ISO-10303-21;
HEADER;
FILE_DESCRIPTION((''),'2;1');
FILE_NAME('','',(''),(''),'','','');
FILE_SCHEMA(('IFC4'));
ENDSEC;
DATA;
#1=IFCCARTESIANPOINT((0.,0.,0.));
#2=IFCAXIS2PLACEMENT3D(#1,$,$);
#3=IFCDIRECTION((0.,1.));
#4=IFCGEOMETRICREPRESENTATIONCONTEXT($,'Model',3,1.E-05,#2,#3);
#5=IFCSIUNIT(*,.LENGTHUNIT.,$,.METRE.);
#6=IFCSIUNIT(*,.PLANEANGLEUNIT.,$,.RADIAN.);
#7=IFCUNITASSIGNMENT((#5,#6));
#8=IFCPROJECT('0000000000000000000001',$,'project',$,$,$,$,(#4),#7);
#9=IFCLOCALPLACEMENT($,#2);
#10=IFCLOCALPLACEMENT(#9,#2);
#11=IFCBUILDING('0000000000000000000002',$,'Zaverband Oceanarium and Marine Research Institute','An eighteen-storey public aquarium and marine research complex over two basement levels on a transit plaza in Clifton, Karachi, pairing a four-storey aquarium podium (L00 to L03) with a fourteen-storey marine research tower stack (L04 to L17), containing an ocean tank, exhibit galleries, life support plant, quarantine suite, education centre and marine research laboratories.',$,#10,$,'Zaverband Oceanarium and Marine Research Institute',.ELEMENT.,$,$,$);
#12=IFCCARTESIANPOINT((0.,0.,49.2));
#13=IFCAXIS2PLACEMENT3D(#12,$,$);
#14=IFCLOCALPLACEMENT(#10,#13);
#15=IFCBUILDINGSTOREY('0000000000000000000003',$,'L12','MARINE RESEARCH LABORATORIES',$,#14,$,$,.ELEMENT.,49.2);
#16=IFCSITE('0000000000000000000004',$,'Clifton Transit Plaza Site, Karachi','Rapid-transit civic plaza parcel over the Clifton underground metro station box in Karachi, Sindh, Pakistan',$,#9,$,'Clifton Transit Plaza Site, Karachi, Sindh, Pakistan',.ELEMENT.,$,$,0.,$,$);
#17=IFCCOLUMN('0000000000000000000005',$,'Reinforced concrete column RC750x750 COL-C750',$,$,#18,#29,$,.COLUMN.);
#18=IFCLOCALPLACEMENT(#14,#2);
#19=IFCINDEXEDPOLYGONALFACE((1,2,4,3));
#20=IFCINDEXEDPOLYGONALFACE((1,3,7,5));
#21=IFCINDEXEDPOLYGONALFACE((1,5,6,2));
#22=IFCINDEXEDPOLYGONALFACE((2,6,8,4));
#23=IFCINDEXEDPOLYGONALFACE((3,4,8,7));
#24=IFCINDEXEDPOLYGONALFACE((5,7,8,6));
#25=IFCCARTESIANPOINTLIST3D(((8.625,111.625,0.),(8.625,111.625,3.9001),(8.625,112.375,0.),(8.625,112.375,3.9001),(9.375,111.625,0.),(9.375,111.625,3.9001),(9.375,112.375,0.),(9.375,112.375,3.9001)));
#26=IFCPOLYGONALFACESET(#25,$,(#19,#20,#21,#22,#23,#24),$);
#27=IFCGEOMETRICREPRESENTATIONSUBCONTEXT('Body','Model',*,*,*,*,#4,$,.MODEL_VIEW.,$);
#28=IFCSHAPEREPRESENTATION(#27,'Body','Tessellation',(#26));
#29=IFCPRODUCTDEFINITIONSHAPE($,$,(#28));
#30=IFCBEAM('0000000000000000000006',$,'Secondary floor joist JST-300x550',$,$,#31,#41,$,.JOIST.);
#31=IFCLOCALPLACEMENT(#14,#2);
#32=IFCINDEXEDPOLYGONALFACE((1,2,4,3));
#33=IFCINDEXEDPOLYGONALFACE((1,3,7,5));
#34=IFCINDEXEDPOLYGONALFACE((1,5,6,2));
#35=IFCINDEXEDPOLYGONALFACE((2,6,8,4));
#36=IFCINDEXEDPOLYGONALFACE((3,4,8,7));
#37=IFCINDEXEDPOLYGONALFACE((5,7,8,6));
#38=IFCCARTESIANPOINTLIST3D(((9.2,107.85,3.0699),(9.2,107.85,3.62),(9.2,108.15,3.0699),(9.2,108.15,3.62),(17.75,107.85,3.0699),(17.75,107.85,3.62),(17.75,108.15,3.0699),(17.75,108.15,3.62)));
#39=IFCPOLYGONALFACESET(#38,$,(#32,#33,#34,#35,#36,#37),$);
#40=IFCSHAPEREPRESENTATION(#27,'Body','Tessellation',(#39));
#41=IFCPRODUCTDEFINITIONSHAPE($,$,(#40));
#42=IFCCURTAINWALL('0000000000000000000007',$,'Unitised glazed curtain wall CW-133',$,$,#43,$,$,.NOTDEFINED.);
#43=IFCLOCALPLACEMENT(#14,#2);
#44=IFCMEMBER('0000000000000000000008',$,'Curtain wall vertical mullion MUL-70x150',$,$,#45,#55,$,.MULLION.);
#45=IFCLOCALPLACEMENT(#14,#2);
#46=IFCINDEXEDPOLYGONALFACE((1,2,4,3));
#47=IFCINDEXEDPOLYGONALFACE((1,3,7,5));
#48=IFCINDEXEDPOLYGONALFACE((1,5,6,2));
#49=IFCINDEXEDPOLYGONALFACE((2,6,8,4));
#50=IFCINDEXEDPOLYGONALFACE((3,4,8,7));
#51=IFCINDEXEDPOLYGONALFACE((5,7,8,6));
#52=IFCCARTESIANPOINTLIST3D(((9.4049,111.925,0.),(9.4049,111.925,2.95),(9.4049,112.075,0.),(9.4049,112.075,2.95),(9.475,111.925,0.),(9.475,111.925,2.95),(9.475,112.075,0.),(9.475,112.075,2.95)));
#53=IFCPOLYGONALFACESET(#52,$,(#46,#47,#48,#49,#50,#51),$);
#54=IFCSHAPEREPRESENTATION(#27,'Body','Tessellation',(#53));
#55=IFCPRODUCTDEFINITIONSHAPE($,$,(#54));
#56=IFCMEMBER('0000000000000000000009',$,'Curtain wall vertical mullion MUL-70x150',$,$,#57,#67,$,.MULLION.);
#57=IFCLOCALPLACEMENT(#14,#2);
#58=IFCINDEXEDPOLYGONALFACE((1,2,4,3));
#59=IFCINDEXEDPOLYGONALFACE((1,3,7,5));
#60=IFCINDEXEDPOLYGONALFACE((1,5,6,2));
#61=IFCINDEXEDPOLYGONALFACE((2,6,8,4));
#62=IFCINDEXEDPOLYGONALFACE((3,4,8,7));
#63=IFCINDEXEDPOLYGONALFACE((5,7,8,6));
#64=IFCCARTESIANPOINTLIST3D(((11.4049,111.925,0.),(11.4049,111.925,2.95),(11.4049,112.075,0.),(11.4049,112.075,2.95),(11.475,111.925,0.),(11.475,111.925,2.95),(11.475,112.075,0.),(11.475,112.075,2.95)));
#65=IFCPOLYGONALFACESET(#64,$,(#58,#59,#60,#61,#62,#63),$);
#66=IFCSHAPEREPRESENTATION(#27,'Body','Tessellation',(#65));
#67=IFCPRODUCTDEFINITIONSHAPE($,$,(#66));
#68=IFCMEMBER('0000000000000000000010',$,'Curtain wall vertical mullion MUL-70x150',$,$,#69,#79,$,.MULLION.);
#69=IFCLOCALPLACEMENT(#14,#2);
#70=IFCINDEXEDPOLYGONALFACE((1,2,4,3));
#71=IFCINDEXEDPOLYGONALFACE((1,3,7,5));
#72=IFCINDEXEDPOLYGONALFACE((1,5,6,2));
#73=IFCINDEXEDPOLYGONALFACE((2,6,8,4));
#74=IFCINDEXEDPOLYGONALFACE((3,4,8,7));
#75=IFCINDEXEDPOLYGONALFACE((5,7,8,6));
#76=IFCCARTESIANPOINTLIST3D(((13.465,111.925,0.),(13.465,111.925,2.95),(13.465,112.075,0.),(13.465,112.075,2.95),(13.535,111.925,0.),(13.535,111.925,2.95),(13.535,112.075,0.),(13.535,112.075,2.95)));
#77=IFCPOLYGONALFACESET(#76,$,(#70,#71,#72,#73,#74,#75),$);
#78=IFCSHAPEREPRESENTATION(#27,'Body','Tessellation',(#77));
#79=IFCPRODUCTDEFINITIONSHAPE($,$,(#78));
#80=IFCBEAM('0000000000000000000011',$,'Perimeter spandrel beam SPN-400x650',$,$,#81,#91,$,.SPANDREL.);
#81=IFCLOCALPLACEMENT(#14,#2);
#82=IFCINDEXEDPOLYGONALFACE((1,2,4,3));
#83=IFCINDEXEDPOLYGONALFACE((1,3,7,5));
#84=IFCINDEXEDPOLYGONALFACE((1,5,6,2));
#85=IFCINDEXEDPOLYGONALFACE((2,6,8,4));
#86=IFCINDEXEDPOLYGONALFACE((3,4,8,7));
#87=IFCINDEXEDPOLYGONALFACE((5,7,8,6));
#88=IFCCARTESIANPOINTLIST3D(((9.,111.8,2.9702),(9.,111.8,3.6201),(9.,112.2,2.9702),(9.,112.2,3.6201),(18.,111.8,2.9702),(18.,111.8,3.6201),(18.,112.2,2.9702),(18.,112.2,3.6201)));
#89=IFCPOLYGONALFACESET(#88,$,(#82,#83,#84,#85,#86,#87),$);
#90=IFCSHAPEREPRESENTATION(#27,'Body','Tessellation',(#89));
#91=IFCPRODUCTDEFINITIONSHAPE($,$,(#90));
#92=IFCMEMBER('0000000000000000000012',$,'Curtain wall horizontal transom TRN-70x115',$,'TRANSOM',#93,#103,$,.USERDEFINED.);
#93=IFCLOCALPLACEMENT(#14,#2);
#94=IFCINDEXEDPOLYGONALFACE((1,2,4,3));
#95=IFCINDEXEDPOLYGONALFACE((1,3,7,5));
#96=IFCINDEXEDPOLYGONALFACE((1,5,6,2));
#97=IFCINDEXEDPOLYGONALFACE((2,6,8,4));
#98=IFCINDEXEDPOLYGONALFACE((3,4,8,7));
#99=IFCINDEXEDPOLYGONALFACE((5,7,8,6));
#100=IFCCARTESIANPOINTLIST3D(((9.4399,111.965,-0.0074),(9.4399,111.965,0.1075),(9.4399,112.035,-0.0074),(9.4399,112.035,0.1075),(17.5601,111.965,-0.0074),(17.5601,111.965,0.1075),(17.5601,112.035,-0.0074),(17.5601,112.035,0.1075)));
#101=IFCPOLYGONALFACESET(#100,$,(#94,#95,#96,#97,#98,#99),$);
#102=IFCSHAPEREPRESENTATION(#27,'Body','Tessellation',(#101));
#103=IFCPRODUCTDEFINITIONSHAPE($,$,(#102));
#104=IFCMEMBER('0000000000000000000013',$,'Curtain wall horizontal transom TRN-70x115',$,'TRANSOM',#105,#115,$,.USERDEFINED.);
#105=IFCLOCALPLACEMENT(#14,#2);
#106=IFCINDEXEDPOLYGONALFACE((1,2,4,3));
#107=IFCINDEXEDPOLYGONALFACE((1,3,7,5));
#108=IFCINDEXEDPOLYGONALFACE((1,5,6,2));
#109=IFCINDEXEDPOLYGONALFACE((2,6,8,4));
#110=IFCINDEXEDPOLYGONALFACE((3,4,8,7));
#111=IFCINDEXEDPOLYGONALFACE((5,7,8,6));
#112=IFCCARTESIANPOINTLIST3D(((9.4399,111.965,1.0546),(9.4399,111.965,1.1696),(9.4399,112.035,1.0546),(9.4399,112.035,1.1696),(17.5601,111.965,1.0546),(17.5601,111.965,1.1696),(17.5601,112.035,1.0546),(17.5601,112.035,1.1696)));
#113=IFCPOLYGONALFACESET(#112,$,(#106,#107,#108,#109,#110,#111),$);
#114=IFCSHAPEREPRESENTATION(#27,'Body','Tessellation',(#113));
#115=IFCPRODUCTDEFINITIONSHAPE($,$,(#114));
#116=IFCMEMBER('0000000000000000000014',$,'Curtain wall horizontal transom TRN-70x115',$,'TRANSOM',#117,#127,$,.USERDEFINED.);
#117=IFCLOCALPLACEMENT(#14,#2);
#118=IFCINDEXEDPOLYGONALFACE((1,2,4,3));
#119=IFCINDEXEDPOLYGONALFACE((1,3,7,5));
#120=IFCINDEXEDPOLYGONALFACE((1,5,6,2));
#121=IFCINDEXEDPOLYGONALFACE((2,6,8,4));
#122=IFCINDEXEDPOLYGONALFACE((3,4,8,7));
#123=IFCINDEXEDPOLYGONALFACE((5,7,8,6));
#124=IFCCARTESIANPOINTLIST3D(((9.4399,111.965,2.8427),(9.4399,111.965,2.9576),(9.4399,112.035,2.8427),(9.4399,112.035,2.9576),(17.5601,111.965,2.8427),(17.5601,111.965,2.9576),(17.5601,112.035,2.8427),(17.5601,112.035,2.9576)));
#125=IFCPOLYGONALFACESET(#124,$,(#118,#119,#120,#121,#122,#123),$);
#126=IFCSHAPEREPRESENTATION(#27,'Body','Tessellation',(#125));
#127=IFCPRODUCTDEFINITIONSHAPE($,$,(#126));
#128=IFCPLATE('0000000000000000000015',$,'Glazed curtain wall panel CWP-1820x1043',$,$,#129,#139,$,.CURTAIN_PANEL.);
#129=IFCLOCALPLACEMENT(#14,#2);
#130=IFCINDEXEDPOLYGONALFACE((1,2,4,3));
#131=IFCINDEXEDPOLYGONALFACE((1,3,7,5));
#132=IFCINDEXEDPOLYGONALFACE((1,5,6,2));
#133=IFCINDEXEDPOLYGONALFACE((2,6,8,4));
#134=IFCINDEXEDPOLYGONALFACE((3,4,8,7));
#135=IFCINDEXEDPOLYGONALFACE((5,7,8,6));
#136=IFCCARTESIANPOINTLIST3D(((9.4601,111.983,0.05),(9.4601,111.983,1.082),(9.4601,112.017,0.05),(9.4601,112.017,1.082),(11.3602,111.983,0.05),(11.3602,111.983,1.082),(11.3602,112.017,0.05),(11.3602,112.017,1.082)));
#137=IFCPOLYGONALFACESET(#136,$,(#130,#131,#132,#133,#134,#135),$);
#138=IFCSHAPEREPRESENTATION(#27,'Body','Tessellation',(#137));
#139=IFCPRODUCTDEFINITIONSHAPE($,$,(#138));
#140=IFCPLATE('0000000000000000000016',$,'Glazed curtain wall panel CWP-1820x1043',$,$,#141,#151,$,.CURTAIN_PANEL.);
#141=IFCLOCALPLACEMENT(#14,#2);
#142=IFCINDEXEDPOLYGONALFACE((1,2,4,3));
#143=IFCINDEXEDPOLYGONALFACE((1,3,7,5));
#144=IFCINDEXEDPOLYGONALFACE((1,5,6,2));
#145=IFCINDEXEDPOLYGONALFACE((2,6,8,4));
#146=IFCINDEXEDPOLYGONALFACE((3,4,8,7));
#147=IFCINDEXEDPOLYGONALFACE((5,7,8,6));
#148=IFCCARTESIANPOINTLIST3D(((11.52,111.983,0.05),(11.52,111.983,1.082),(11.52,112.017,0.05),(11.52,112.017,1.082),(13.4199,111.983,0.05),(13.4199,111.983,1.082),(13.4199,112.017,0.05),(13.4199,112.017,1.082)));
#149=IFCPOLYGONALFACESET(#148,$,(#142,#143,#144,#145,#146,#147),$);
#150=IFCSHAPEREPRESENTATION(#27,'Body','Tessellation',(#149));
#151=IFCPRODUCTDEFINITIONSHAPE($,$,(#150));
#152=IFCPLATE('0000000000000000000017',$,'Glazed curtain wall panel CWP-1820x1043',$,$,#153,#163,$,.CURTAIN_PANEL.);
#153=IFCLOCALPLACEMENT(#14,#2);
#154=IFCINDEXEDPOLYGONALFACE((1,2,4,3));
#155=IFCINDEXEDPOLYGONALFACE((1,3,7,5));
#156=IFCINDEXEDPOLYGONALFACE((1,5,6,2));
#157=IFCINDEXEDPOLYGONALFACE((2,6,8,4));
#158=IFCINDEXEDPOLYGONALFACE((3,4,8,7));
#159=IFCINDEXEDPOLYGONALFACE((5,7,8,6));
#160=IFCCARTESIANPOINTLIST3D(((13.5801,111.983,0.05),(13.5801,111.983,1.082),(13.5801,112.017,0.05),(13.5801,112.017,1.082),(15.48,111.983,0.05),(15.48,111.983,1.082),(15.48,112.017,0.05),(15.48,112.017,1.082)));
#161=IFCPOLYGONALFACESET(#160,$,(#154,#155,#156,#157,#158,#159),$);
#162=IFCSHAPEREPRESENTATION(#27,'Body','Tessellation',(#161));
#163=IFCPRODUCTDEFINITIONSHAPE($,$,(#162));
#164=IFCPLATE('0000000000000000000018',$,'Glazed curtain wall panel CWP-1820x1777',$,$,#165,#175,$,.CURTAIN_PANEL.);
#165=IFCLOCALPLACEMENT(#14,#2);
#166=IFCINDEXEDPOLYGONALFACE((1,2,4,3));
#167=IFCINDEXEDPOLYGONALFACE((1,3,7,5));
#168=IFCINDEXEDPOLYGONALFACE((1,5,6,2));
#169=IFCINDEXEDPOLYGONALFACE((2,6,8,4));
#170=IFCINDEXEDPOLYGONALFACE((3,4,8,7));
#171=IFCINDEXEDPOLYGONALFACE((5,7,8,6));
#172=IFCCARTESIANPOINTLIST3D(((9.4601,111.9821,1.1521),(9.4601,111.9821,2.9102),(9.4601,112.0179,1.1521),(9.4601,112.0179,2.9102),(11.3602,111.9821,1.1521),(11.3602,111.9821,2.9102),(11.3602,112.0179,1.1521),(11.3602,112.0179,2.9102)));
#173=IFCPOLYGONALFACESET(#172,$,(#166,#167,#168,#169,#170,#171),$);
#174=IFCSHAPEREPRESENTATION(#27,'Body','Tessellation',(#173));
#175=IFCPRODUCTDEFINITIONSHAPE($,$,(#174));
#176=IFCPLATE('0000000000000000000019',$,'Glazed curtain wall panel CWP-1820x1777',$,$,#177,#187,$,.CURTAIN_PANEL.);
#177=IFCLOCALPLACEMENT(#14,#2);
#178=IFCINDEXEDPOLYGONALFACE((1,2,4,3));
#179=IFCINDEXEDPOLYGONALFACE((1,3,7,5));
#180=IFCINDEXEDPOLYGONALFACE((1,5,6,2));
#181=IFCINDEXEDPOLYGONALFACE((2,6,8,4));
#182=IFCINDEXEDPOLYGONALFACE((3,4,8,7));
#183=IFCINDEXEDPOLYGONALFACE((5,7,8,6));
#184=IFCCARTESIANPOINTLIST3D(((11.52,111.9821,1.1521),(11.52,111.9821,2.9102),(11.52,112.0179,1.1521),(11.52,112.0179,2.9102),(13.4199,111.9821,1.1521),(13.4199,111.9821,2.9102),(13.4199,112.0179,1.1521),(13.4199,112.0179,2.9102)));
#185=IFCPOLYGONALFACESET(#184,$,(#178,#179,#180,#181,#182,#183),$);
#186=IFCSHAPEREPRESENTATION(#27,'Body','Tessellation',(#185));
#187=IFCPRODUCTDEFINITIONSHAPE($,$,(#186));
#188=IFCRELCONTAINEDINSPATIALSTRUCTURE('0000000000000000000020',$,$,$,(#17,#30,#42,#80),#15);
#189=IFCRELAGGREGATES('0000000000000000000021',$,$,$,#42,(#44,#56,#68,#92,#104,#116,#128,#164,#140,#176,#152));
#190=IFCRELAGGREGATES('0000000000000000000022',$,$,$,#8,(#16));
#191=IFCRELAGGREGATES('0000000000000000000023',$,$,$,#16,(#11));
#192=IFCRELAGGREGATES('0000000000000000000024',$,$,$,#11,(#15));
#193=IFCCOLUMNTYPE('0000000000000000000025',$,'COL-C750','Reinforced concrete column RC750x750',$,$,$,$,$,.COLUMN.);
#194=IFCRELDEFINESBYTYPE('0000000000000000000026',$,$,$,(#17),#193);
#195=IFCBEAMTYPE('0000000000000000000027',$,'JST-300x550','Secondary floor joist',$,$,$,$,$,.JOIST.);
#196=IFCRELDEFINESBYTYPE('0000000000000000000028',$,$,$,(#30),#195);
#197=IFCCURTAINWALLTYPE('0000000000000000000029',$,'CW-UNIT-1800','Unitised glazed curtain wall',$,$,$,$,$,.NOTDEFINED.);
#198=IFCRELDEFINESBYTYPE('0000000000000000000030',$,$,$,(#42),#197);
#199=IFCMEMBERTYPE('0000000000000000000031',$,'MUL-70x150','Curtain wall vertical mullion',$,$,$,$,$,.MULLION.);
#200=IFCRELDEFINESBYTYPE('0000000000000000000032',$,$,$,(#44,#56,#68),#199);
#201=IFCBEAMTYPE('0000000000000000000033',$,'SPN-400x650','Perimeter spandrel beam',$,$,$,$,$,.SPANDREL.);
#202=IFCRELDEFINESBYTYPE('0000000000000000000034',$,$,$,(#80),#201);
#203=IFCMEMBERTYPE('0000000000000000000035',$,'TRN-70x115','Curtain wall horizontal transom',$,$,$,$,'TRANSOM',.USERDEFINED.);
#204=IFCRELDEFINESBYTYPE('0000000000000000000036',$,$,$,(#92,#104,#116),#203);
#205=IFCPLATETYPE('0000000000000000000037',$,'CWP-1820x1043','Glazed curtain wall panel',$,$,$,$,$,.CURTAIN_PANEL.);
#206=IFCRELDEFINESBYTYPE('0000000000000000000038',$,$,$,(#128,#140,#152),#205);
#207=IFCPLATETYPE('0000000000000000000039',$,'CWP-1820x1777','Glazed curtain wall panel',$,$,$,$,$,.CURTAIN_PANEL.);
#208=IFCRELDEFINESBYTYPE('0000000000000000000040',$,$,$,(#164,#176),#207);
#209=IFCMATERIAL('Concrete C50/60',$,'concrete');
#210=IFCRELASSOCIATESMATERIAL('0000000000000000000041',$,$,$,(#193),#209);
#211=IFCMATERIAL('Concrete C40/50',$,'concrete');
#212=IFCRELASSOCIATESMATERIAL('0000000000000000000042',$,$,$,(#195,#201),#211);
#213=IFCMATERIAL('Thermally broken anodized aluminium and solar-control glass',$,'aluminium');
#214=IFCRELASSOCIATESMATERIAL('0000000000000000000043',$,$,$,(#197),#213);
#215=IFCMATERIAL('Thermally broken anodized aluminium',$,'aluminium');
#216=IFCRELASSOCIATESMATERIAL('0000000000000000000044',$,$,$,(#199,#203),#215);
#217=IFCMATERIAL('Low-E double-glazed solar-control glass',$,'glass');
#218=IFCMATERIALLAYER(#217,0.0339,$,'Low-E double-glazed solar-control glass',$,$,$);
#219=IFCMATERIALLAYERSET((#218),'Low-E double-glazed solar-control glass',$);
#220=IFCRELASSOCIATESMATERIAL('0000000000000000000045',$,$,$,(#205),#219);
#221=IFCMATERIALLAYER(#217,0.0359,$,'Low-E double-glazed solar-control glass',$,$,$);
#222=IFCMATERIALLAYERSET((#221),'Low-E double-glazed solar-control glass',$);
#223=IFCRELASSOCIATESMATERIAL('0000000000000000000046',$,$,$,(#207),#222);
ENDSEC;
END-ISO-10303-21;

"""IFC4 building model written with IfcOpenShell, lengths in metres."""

from ifc_helpers import new_model, si_unit, direction, frame, frame_2d, origin, origin_2d, place, context, subcontext, project, spatial, rectangle, extrude, material, layer, layer_set, material_profile, profile_set, type_object, element, aggregate, save


model = new_model("IFC4")

# Units and contexts
model_context = context("Model", 3, precision=1e-05, world=origin(), true_north=direction((0.0, 1.0)))
body_context = subcontext(model_context, "Body", "Model", "MODEL_VIEW")
ifc_project = project(units=[si_unit("LENGTHUNIT", "METRE"), si_unit("PLANEANGLEUNIT", "RADIAN")], contexts=[model_context])

# Site, building, storey
site_placement = place(None, origin())
site = spatial("IfcSite", under=ifc_project, at=site_placement, Name="Clifton Transit Plaza Site, Karachi", Description="Rapid-transit civic plaza parcel over the Clifton underground metro station box in Karachi, Sindh, Pakistan", LongName="Clifton Transit Plaza Site, Karachi, Sindh, Pakistan", CompositionType="ELEMENT", RefElevation=0.0)
building_placement = place(site_placement, origin())
building = spatial("IfcBuilding", under=site, at=building_placement, Name="Zaverband Oceanarium and Marine Research Institute", Description="An eighteen-storey public aquarium and marine research complex over two basement levels on a transit plaza in Clifton, Karachi, pairing a four-storey aquarium podium (L00 to L03) with a fourteen-storey marine research tower stack (L04 to L17), containing an ocean tank, exhibit galleries, life support plant, quarantine suite, education centre and marine research laboratories.", LongName="Zaverband Oceanarium and Marine Research Institute", CompositionType="ELEMENT")
storey_placement = place(building_placement, frame((0.0, 0.0, 49.2)))
storey = spatial("IfcBuildingStorey", under=building, at=storey_placement, Name="L12", Description="MARINE RESEARCH LABORATORIES", CompositionType="ELEMENT", Elevation=49.2)

# Column
ifc_material_1 = material(Name="Concrete C50/60", Category="concrete")
ifc_material_profile_1 = material_profile(ifc_material_1, rectangle(XDim=0.75, YDim=0.75, at=origin_2d()), Name="RC750x750")
ifc_profile_set_1 = profile_set([ifc_material_profile_1], Name="Concrete C50/60")
column_type = type_object("IfcColumnType", Name="COL-C750", Description="Reinforced concrete column RC750x750", PredefinedType="COLUMN", material=ifc_profile_set_1)
column_placement = place(storey_placement, frame((9.0, 112.0, 0.0), z_axis=(0.0, 0.0, 1.0), x_axis=(1.0, 0.0, 0.0)))
element("IfcColumn", 1, at=column_placement, inside=storey, type_object=column_type, Name="Reinforced concrete column RC750x750 COL-C750", PredefinedType="COLUMN", context=body_context, shape_type="SweptSolid", body=[
    extrude(rectangle(XDim=0.75, YDim=0.75, at=origin_2d()), origin(), (0.0, 0.0, 1.0), 3.9001),
])

# Beam
ifc_material_2 = material(Name="Concrete C40/50", Category="concrete")
ifc_material_profile_2 = material_profile(ifc_material_2, rectangle(XDim=0.3, YDim=0.55, at=origin_2d()), Name="RC300x550")
ifc_profile_set_2 = profile_set([ifc_material_profile_2], Name="Concrete C40/50")
beam_type_1 = type_object("IfcBeamType", Name="JST-300x550", Description="Secondary floor joist", PredefinedType="JOIST", material=ifc_profile_set_2)
beam_1_placement = place(storey_placement, frame((9.2, 108.0, 3.345), z_axis=(1.0, 0.0, 0.0), x_axis=(0.0, 1.0, 0.0)))
element("IfcBeam", 2, at=beam_1_placement, inside=storey, type_object=beam_type_1, Name="Secondary floor joist JST-300x550", PredefinedType="JOIST", context=body_context, shape_type="SweptSolid", body=[
    extrude(rectangle(XDim=0.3, YDim=0.55, at=origin_2d()), origin(), (0.0, 0.0, 1.0), 8.55),
])

# Curtain wall, members
ifc_material_3 = material(Name="Thermally broken anodized aluminium and solar-control glass", Category="aluminium")
curtain_wall_type = type_object("IfcCurtainWallType", Name="CW-UNIT-1800", Description="Unitised glazed curtain wall", PredefinedType="NOTDEFINED", material=ifc_material_3)
curtain_wall_placement = place(storey_placement, origin())
curtain_wall = element("IfcCurtainWall", 3, at=curtain_wall_placement, inside=storey, type_object=curtain_wall_type, Name="Unitised glazed curtain wall CW-133", PredefinedType="NOTDEFINED")
ifc_material_4 = material(Name="Thermally broken anodized aluminium", Category="aluminium")
ifc_material_profile_3 = material_profile(ifc_material_4, rectangle(XDim=0.0701, YDim=0.1499, at=origin_2d()), Name="AL-MUL-70x150")
ifc_profile_set_3 = profile_set([ifc_material_profile_3], Name="Thermally broken anodized aluminium")
member_type_1 = type_object("IfcMemberType", Name="MUL-70x150", Description="Curtain wall vertical mullion", PredefinedType="MULLION", material=ifc_profile_set_3)
member_1_placement = place(storey_placement, frame((9.4399, 112.0, 0.0), z_axis=(0.0, 0.0, 1.0), x_axis=(1.0, 0.0, 0.0)))
member_1 = element("IfcMember", 4, at=member_1_placement, type_object=member_type_1, Name="Curtain wall vertical mullion MUL-70x150", PredefinedType="MULLION", context=body_context, shape_type="SweptSolid", body=[
    extrude(rectangle(XDim=0.0701, YDim=0.1499, at=origin_2d()), origin(), (0.0, 0.0, 1.0), 2.95),
])
member_2_placement = place(storey_placement, frame((11.4399, 112.0, 0.0), z_axis=(0.0, 0.0, 1.0), x_axis=(1.0, 0.0, 0.0)))
member_2 = element("IfcMember", 5, at=member_2_placement, type_object=member_type_1, Name="Curtain wall vertical mullion MUL-70x150", PredefinedType="MULLION", context=body_context, shape_type="SweptSolid", body=[
    extrude(rectangle(XDim=0.0701, YDim=0.1499, at=origin_2d()), origin(), (0.0, 0.0, 1.0), 2.95),
])
member_3_placement = place(storey_placement, frame((13.5, 112.0, 0.0), z_axis=(0.0, 0.0, 1.0), x_axis=(1.0, 0.0, 0.0)))
member_3 = element("IfcMember", 6, at=member_3_placement, type_object=member_type_1, Name="Curtain wall vertical mullion MUL-70x150", PredefinedType="MULLION", context=body_context, shape_type="SweptSolid", body=[
    extrude(rectangle(XDim=0.0701, YDim=0.1499, at=origin_2d()), origin(), (0.0, 0.0, 1.0), 2.95),
])

# Beam
ifc_material_profile_4 = material_profile(ifc_material_2, rectangle(XDim=0.3999, YDim=0.6499, at=origin_2d()), Name="RC400x650")
ifc_profile_set_4 = profile_set([ifc_material_profile_4], Name="Concrete C40/50")
beam_type_2 = type_object("IfcBeamType", Name="SPN-400x650", Description="Perimeter spandrel beam", PredefinedType="SPANDREL", material=ifc_profile_set_4)
beam_2_placement = place(storey_placement, frame((9.0, 112.0, 3.2952), z_axis=(1.0, 0.0, 0.0), x_axis=(0.0, 1.0, 0.0)))
element("IfcBeam", 7, at=beam_2_placement, inside=storey, type_object=beam_type_2, Name="Perimeter spandrel beam SPN-400x650", PredefinedType="SPANDREL", context=body_context, shape_type="SweptSolid", body=[
    extrude(rectangle(XDim=0.3999, YDim=0.6499, at=origin_2d()), origin(), (0.0, 0.0, 1.0), 9.0),
])

# Members
ifc_material_profile_5 = material_profile(ifc_material_4, rectangle(XDim=0.0701, YDim=0.115, at=origin_2d()), Name="AL-TRN-70x115")
ifc_profile_set_5 = profile_set([ifc_material_profile_5], Name="Thermally broken anodized aluminium")
member_type_2 = type_object("IfcMemberType", Name="TRN-70x115", Description="Curtain wall horizontal transom", ElementType="TRANSOM", PredefinedType="USERDEFINED", material=ifc_profile_set_5)
member_4_placement = place(storey_placement, frame((9.4399, 112.0, 0.05), z_axis=(1.0, 0.0, 0.0), x_axis=(0.0, 1.0, 0.0)))
member_4 = element("IfcMember", 8, at=member_4_placement, type_object=member_type_2, Name="Curtain wall horizontal transom TRN-70x115", ObjectType="TRANSOM", PredefinedType="USERDEFINED", context=body_context, shape_type="SweptSolid", body=[
    extrude(rectangle(XDim=0.0701, YDim=0.115, at=origin_2d()), origin(), (0.0, 0.0, 1.0), 8.1201),
])
member_5_placement = place(storey_placement, frame((9.4399, 112.0, 1.1121), z_axis=(1.0, 0.0, 0.0), x_axis=(0.0, 1.0, 0.0)))
member_5 = element("IfcMember", 9, at=member_5_placement, type_object=member_type_2, Name="Curtain wall horizontal transom TRN-70x115", ObjectType="TRANSOM", PredefinedType="USERDEFINED", context=body_context, shape_type="SweptSolid", body=[
    extrude(rectangle(XDim=0.0701, YDim=0.115, at=origin_2d()), origin(), (0.0, 0.0, 1.0), 8.1201),
])
member_6_placement = place(storey_placement, frame((9.4399, 112.0, 2.9001), z_axis=(1.0, 0.0, 0.0), x_axis=(0.0, 1.0, 0.0)))
member_6 = element("IfcMember", 10, at=member_6_placement, type_object=member_type_2, Name="Curtain wall horizontal transom TRN-70x115", ObjectType="TRANSOM", PredefinedType="USERDEFINED", context=body_context, shape_type="SweptSolid", body=[
    extrude(rectangle(XDim=0.0701, YDim=0.115, at=origin_2d()), origin(), (0.0, 0.0, 1.0), 8.1201),
])

# Plates
ifc_material_5 = material(Name="Low-E double-glazed solar-control glass", Category="glass")
ifc_layer_1 = layer(ifc_material_5, 0.0339, Name="Low-E double-glazed solar-control glass")
ifc_layer_set_1 = layer_set([ifc_layer_1], Name="Low-E double-glazed solar-control glass")
plate_type_1 = type_object("IfcPlateType", Name="CWP-1820x1043", Description="Glazed curtain wall panel", PredefinedType="CURTAIN_PANEL", material=ifc_layer_set_1)
plate_1_placement = place(storey_placement, frame((9.46, 112.0, 0.05), z_axis=(0.0, 0.0, 1.0), x_axis=(1.0, 0.0, 0.0)))
plate_1 = element("IfcPlate", 11, at=plate_1_placement, type_object=plate_type_1, Name="Glazed curtain wall panel CWP-1820x1043", PredefinedType="CURTAIN_PANEL", context=body_context, shape_type="SweptSolid", body=[
    extrude(rectangle(XDim=1.9001, YDim=0.0339, at=frame_2d((0.9502, 0.0))), origin(), (0.0, 0.0, 1.0), 1.032),
])
plate_2_placement = place(storey_placement, frame((11.52, 112.0, 0.05), z_axis=(0.0, 0.0, 1.0), x_axis=(1.0, 0.0, 0.0)))
plate_2 = element("IfcPlate", 12, at=plate_2_placement, type_object=plate_type_1, Name="Glazed curtain wall panel CWP-1820x1043", PredefinedType="CURTAIN_PANEL", context=body_context, shape_type="SweptSolid", body=[
    extrude(rectangle(XDim=1.8999, YDim=0.0339, at=frame_2d((0.95, 0.0))), origin(), (0.0, 0.0, 1.0), 1.032),
])
plate_3_placement = place(storey_placement, frame((13.5801, 112.0, 0.05), z_axis=(0.0, 0.0, 1.0), x_axis=(1.0, 0.0, 0.0)))
plate_3 = element("IfcPlate", 13, at=plate_3_placement, type_object=plate_type_1, Name="Glazed curtain wall panel CWP-1820x1043", PredefinedType="CURTAIN_PANEL", context=body_context, shape_type="SweptSolid", body=[
    extrude(rectangle(XDim=1.8999, YDim=0.0339, at=frame_2d((0.95, 0.0))), origin(), (0.0, 0.0, 1.0), 1.032),
])
ifc_layer_2 = layer(ifc_material_5, 0.0359, Name="Low-E double-glazed solar-control glass")
ifc_layer_set_2 = layer_set([ifc_layer_2], Name="Low-E double-glazed solar-control glass")
plate_type_2 = type_object("IfcPlateType", Name="CWP-1820x1777", Description="Glazed curtain wall panel", PredefinedType="CURTAIN_PANEL", material=ifc_layer_set_2)
plate_4_placement = place(storey_placement, frame((9.46, 112.0, 1.1521), z_axis=(0.0, 0.0, 1.0), x_axis=(1.0, 0.0, 0.0)))
plate_4 = element("IfcPlate", 14, at=plate_4_placement, type_object=plate_type_2, Name="Glazed curtain wall panel CWP-1820x1777", PredefinedType="CURTAIN_PANEL", context=body_context, shape_type="SweptSolid", body=[
    extrude(rectangle(XDim=1.9001, YDim=0.0359, at=frame_2d((0.9502, 0.0))), origin(), (0.0, 0.0, 1.0), 1.7581),
])
plate_5_placement = place(storey_placement, frame((11.52, 112.0, 1.1521), z_axis=(0.0, 0.0, 1.0), x_axis=(1.0, 0.0, 0.0)))
plate_5 = element("IfcPlate", 15, at=plate_5_placement, type_object=plate_type_2, Name="Glazed curtain wall panel CWP-1820x1777", PredefinedType="CURTAIN_PANEL", context=body_context, shape_type="SweptSolid", body=[
    extrude(rectangle(XDim=1.8999, YDim=0.0359, at=frame_2d((0.95, 0.0))), origin(), (0.0, 0.0, 1.0), 1.7581),
])
aggregate(curtain_wall, [member_1, member_2, member_3, member_4, member_5, member_6, plate_1, plate_4, plate_2, plate_5, plate_3])

save(model, "model.ifc")
